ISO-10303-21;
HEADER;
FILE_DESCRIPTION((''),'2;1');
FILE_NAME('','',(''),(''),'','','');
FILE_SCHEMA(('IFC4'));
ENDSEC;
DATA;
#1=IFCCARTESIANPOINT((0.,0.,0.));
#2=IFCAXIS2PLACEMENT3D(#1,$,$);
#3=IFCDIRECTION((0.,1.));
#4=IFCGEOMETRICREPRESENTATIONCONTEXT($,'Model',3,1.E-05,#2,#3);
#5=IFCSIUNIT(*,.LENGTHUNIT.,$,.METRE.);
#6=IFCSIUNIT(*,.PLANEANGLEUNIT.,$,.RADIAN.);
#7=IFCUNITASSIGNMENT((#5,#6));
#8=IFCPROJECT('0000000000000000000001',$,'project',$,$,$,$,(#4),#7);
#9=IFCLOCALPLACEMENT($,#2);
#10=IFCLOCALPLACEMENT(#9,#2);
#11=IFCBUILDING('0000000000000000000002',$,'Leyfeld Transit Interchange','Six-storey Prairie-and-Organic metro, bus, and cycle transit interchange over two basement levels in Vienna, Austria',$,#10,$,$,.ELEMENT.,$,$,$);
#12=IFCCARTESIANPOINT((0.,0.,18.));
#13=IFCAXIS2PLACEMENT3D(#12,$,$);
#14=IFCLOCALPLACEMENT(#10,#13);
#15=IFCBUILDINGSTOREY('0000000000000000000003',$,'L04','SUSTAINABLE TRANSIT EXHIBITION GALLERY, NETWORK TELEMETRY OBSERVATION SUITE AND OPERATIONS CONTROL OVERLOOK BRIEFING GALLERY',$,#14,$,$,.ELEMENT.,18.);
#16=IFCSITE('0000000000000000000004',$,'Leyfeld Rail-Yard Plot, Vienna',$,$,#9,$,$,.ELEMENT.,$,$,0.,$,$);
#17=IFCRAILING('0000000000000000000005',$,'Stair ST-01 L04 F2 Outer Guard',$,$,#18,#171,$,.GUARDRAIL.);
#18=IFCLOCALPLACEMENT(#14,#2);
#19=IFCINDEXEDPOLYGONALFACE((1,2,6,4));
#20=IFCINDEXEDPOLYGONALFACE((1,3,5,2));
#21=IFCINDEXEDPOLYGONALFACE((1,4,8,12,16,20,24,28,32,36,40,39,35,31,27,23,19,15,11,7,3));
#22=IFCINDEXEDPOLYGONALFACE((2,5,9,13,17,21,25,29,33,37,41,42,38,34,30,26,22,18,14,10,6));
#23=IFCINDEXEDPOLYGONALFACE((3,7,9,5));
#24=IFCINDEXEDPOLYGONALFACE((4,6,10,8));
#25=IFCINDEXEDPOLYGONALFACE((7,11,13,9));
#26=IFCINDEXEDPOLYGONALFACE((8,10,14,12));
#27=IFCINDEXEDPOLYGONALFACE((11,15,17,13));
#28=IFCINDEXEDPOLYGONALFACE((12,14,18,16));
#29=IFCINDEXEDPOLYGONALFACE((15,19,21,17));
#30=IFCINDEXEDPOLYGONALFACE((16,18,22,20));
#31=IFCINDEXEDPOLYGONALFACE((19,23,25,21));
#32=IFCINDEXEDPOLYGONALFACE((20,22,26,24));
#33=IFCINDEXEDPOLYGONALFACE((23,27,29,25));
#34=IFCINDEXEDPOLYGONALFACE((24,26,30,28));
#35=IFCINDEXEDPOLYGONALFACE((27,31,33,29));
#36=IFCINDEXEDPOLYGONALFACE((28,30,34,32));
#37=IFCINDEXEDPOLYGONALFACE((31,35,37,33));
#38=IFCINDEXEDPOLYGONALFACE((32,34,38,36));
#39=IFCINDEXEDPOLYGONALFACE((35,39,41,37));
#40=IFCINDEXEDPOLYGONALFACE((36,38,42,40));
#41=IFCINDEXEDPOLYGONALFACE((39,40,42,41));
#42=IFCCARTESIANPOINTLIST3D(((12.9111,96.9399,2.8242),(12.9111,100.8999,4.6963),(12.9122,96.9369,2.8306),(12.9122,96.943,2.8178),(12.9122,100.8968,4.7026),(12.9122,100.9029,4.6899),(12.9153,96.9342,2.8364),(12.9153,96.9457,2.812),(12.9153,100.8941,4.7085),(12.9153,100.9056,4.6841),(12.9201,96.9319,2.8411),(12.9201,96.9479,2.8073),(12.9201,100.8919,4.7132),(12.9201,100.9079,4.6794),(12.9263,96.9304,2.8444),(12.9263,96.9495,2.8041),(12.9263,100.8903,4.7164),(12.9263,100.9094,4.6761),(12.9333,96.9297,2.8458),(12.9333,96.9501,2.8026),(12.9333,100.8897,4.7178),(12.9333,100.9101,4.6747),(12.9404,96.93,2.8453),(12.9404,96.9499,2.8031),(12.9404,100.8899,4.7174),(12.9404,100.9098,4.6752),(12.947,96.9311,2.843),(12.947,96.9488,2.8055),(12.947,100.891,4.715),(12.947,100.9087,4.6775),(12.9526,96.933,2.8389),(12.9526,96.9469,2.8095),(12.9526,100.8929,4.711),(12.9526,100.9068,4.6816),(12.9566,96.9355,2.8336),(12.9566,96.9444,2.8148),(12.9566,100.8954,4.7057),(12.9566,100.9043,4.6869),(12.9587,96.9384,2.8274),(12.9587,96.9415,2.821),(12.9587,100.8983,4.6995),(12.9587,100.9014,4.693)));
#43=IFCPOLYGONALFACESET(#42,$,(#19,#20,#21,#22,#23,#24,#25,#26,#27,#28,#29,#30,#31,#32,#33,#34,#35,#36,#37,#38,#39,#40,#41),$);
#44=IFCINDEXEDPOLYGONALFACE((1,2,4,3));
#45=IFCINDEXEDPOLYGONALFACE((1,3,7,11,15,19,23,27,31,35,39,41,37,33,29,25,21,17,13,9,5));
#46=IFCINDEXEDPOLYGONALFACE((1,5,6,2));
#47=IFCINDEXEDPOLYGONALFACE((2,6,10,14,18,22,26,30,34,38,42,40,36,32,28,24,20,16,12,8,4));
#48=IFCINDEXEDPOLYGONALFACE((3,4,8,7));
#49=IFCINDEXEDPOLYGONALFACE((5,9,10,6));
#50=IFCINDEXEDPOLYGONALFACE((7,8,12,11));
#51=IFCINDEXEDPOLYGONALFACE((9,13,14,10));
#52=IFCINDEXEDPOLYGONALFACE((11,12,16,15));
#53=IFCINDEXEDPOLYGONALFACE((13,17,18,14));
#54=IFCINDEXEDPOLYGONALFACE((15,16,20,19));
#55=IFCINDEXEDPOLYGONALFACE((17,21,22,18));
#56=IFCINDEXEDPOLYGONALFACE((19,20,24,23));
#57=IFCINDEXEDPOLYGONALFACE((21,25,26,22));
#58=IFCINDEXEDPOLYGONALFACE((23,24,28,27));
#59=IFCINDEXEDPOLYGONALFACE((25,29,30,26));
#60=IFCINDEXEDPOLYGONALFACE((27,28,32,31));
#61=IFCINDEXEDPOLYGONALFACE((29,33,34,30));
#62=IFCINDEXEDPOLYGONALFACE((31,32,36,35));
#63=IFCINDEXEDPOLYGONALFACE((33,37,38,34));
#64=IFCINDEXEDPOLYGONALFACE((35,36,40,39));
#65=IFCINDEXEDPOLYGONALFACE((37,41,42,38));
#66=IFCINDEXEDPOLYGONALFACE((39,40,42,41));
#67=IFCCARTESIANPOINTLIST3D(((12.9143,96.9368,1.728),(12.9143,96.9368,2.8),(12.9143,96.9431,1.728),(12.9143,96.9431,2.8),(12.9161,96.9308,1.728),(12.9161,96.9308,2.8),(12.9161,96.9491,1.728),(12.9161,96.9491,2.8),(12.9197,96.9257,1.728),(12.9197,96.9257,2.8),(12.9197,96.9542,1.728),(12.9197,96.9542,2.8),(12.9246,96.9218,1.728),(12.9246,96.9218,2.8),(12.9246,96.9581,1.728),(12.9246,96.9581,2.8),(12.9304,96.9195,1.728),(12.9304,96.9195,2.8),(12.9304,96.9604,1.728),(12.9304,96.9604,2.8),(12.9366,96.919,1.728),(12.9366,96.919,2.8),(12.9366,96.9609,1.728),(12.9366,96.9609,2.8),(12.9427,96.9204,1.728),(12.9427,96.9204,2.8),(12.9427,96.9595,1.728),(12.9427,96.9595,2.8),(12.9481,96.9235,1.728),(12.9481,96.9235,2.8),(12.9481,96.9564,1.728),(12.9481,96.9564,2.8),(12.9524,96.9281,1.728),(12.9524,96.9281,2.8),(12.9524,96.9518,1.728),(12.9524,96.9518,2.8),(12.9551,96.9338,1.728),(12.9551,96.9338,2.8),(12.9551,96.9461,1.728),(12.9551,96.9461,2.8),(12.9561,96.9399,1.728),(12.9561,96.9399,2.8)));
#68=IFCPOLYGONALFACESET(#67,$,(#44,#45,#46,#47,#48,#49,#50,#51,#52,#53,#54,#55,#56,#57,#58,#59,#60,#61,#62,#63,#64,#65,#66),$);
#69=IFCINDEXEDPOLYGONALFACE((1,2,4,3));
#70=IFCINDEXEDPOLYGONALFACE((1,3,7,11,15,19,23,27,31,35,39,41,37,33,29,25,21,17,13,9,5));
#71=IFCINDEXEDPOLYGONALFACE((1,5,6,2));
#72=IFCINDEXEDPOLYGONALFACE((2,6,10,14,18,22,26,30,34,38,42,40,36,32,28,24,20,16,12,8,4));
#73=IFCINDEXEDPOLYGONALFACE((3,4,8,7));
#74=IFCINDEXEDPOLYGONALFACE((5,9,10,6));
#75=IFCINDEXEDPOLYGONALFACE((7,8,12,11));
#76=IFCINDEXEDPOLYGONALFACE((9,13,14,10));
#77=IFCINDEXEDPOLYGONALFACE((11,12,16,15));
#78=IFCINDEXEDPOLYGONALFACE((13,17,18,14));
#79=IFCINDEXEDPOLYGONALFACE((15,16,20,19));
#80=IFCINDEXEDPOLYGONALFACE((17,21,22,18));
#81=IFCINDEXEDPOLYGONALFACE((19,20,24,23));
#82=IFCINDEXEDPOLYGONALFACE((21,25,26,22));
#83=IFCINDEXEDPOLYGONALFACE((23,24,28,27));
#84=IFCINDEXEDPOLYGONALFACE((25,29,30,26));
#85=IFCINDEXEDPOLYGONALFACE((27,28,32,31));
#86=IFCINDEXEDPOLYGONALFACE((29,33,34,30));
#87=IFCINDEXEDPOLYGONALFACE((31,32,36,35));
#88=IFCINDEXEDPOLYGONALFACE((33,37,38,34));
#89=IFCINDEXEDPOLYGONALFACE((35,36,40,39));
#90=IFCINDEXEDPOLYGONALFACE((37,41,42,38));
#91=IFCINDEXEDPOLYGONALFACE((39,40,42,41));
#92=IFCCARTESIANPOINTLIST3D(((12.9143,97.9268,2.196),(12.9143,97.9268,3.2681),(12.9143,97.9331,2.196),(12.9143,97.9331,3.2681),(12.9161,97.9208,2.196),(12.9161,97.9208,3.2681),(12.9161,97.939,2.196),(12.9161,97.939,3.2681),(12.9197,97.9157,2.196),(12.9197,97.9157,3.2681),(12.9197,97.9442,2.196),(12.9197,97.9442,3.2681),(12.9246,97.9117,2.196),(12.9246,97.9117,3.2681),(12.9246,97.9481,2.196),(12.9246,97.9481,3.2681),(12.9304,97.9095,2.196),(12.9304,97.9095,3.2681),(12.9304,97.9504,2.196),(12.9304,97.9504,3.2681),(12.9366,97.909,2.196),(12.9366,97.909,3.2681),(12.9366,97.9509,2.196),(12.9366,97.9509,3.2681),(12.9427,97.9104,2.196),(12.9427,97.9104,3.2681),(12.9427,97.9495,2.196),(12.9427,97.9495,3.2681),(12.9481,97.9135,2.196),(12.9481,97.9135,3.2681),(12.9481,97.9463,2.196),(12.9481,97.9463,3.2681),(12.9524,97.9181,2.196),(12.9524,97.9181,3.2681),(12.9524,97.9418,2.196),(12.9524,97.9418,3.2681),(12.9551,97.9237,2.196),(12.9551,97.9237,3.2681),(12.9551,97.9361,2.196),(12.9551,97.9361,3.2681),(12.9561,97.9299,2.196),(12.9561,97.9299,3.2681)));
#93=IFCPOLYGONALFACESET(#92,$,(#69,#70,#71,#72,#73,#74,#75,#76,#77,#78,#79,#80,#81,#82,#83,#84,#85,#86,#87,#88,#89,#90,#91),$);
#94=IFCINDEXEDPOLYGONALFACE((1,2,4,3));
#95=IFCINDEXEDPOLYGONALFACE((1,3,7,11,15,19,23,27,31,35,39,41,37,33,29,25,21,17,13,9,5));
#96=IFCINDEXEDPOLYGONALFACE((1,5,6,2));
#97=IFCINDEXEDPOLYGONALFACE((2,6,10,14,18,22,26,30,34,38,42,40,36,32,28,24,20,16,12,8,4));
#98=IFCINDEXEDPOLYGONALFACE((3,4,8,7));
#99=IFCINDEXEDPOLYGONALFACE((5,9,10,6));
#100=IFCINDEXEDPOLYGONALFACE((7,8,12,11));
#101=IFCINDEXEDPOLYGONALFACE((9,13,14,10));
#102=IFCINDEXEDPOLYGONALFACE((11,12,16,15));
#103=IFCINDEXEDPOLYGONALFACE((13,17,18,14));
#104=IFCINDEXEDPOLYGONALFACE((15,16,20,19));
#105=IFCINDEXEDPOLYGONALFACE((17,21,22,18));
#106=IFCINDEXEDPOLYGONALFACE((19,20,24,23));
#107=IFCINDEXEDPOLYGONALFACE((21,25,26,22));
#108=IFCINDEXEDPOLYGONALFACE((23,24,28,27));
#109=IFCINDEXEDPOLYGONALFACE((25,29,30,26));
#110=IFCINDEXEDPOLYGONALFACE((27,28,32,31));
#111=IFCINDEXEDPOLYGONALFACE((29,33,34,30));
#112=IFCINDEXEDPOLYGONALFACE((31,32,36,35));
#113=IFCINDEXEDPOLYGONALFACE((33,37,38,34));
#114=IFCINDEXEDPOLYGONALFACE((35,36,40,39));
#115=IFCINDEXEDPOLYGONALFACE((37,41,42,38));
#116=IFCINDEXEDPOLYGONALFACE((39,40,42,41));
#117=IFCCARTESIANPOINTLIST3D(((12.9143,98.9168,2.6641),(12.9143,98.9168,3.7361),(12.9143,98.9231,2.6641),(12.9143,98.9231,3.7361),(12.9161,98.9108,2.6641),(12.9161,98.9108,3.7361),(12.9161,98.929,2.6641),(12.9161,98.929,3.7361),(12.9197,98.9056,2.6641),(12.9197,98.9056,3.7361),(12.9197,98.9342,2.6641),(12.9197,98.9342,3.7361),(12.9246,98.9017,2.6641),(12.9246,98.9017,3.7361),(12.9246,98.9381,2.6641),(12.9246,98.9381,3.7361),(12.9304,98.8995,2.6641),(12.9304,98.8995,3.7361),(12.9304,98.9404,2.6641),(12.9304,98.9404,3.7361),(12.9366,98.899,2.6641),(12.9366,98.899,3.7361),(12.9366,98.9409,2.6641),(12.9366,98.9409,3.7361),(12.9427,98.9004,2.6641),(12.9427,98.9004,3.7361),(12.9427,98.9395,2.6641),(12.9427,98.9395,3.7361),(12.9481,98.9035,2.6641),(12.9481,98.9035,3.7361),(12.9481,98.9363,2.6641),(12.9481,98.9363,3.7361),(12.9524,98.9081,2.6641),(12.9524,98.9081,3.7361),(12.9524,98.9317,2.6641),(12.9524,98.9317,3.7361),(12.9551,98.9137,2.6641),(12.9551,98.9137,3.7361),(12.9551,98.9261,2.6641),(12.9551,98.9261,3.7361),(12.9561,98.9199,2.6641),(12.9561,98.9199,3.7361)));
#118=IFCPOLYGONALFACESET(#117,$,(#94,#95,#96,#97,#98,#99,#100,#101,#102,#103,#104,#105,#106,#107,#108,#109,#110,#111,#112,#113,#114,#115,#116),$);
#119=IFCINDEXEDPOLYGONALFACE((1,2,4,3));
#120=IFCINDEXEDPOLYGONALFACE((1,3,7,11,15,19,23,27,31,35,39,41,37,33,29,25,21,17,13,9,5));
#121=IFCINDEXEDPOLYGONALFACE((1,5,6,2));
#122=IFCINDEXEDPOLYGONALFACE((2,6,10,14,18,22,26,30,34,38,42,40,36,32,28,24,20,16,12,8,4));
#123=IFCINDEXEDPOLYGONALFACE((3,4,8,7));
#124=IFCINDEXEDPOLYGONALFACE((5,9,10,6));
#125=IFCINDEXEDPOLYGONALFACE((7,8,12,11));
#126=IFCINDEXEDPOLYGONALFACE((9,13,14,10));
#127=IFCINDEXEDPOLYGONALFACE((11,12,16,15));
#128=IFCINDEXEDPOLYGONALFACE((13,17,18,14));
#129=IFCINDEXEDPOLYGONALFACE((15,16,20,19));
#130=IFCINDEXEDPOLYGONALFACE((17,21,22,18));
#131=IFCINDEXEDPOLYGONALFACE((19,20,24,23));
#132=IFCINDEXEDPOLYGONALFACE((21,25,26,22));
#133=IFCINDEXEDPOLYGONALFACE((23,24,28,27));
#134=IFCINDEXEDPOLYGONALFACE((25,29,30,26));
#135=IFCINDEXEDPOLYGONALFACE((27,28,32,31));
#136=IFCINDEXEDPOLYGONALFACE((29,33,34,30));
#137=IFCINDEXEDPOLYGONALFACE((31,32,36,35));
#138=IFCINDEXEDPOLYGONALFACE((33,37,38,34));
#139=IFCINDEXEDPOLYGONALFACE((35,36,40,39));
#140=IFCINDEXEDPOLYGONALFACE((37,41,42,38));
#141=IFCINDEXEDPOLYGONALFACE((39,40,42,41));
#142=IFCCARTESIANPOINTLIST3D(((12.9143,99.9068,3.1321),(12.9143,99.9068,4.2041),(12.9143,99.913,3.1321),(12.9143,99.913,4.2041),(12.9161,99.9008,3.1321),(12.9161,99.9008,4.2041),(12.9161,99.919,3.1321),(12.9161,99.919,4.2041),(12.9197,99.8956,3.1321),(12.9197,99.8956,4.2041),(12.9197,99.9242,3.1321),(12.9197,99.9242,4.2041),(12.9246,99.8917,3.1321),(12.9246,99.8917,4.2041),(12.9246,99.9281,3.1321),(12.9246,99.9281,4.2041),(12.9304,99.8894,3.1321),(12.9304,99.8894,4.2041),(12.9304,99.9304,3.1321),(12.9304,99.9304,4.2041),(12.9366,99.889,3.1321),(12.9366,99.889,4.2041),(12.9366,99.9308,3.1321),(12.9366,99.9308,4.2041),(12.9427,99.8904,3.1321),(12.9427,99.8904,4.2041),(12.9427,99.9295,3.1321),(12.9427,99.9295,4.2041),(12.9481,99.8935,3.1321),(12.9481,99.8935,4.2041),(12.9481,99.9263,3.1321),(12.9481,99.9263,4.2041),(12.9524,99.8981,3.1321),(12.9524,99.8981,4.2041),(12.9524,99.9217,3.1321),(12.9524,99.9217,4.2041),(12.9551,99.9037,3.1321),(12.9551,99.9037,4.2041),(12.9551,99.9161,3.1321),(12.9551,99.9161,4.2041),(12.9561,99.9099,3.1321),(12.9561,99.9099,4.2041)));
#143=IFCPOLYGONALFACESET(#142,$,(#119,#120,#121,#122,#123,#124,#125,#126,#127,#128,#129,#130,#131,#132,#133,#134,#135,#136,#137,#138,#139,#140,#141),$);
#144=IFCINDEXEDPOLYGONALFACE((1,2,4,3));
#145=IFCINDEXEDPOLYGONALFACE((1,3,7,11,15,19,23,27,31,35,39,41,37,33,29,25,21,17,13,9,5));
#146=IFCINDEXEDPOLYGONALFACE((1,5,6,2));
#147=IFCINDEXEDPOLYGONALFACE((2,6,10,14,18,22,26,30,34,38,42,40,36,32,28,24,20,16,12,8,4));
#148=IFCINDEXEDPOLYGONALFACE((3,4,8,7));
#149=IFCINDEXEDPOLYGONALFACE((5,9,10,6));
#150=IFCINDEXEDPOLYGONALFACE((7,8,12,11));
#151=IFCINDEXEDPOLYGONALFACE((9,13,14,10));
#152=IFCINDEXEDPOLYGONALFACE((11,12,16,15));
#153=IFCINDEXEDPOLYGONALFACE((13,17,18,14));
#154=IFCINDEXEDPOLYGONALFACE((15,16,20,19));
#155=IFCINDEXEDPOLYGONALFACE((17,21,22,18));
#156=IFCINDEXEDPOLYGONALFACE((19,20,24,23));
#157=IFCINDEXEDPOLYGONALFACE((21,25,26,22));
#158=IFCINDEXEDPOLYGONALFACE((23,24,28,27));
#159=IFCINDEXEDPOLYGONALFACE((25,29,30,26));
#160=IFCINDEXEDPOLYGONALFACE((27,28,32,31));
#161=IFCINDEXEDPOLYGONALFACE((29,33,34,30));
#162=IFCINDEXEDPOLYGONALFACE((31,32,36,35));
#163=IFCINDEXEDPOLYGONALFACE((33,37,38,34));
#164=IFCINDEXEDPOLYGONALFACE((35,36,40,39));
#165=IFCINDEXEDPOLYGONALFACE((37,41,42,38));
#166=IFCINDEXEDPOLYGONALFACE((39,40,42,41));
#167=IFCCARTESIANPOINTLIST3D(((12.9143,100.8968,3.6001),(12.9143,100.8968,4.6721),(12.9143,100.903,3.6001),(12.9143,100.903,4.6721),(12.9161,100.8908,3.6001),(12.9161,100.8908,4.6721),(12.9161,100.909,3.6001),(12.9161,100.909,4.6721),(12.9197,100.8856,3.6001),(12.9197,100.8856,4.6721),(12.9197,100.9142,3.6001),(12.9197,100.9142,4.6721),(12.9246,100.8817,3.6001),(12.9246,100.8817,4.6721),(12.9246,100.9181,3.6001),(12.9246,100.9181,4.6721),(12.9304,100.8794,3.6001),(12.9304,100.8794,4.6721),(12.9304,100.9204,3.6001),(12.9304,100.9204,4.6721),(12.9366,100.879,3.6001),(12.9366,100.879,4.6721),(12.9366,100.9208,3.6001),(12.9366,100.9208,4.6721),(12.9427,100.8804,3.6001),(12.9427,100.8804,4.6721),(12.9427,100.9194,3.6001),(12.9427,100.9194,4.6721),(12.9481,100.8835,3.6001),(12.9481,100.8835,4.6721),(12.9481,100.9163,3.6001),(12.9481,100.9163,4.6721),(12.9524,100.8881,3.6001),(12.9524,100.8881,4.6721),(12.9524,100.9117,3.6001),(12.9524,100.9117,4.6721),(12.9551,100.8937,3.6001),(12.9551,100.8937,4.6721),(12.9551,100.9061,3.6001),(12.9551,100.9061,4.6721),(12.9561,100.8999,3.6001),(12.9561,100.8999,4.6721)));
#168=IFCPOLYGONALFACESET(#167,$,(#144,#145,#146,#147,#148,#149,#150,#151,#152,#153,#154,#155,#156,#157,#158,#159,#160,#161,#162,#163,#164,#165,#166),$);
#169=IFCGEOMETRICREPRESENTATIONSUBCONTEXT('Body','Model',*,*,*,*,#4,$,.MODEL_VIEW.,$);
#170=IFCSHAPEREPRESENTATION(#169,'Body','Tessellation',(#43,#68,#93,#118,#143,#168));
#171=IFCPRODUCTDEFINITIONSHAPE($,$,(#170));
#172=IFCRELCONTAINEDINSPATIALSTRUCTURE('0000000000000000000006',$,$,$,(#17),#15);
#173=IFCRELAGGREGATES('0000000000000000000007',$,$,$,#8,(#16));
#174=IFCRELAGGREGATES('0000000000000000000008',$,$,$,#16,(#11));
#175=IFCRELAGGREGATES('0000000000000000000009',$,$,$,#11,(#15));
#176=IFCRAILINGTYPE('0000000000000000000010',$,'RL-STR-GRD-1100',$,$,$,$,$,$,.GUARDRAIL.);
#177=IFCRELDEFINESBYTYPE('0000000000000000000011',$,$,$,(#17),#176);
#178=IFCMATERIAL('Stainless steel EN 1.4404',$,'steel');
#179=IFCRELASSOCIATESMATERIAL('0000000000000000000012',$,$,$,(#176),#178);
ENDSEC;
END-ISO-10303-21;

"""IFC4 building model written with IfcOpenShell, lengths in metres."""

from ifc_helpers import new_model, si_unit, direction, frame, origin, origin_2d, place, context, subcontext, project, spatial, circle, extrude, material, type_object, element, save


model = new_model("IFC4")

# Units and contexts
model_context = context("Model", 3, precision=1e-05, world=origin(), true_north=direction((0.0, 1.0)))
body_context = subcontext(model_context, "Body", "Model", "MODEL_VIEW")
ifc_project = project(units=[si_unit("LENGTHUNIT", "METRE"), si_unit("PLANEANGLEUNIT", "RADIAN")], contexts=[model_context])

# Site, building, storey
site_placement = place(None, origin())
site = spatial("IfcSite", under=ifc_project, at=site_placement, Name="Leyfeld Rail-Yard Plot, Vienna", CompositionType="ELEMENT", RefElevation=0.0)
building_placement = place(site_placement, origin())
building = spatial("IfcBuilding", under=site, at=building_placement, Name="Leyfeld Transit Interchange", Description="Six-storey Prairie-and-Organic metro, bus, and cycle transit interchange over two basement levels in Vienna, Austria", CompositionType="ELEMENT")
storey_placement = place(building_placement, frame((0.0, 0.0, 18.0)))
storey = spatial("IfcBuildingStorey", under=building, at=storey_placement, Name="L04", Description="SUSTAINABLE TRANSIT EXHIBITION GALLERY, NETWORK TELEMETRY OBSERVATION SUITE AND OPERATIONS CONTROL OVERLOOK BRIEFING GALLERY", CompositionType="ELEMENT", Elevation=18.0)

# Shared definitions
ifc_material_1 = material(Name="Stainless steel EN 1.4404", Category="steel")

# Railing
railing_type_1 = type_object("IfcRailingType", Name="RL-STR-GRD-1100", PredefinedType="GUARDRAIL", material=ifc_material_1)
railing_1_placement = place(storey_placement, frame((12.9351, 96.9399, 1.728)))
element("IfcRailing", 1, at=railing_1_placement, inside=storey, type_object=railing_type_1, Name="Stair ST-01 L04 F2 Outer Guard", PredefinedType="GUARDRAIL", context=body_context, shape_type="SweptSolid", body=[
    extrude(circle(Radius=0.0239, at=origin_2d()), frame((0.0, 0.0, 1.0962), z_axis=(0.0, 0.904064, 0.427396), x_axis=(-1.0, 0.0, 0.0)), (0.0, 0.0, 1.0), 4.3801),
    extrude(circle(Radius=0.021, at=origin_2d()), origin(), (0.0, 0.0, 1.0), 1.072),
    extrude(circle(Radius=0.021, at=origin_2d()), frame((0.0, 0.99, 0.468)), (0.0, 0.0, 1.0), 1.072),
    extrude(circle(Radius=0.021, at=origin_2d()), frame((0.0, 1.98, 0.936)), (0.0, 0.0, 1.0), 1.072),
    extrude(circle(Radius=0.021, at=origin_2d()), frame((0.0, 2.97, 1.4041)), (0.0, 0.0, 1.0), 1.072),
    extrude(circle(Radius=0.021, at=origin_2d()), frame((0.0, 3.96, 1.8721)), (0.0, 0.0, 1.0), 1.072),
])

save(model, "model.ifc")
